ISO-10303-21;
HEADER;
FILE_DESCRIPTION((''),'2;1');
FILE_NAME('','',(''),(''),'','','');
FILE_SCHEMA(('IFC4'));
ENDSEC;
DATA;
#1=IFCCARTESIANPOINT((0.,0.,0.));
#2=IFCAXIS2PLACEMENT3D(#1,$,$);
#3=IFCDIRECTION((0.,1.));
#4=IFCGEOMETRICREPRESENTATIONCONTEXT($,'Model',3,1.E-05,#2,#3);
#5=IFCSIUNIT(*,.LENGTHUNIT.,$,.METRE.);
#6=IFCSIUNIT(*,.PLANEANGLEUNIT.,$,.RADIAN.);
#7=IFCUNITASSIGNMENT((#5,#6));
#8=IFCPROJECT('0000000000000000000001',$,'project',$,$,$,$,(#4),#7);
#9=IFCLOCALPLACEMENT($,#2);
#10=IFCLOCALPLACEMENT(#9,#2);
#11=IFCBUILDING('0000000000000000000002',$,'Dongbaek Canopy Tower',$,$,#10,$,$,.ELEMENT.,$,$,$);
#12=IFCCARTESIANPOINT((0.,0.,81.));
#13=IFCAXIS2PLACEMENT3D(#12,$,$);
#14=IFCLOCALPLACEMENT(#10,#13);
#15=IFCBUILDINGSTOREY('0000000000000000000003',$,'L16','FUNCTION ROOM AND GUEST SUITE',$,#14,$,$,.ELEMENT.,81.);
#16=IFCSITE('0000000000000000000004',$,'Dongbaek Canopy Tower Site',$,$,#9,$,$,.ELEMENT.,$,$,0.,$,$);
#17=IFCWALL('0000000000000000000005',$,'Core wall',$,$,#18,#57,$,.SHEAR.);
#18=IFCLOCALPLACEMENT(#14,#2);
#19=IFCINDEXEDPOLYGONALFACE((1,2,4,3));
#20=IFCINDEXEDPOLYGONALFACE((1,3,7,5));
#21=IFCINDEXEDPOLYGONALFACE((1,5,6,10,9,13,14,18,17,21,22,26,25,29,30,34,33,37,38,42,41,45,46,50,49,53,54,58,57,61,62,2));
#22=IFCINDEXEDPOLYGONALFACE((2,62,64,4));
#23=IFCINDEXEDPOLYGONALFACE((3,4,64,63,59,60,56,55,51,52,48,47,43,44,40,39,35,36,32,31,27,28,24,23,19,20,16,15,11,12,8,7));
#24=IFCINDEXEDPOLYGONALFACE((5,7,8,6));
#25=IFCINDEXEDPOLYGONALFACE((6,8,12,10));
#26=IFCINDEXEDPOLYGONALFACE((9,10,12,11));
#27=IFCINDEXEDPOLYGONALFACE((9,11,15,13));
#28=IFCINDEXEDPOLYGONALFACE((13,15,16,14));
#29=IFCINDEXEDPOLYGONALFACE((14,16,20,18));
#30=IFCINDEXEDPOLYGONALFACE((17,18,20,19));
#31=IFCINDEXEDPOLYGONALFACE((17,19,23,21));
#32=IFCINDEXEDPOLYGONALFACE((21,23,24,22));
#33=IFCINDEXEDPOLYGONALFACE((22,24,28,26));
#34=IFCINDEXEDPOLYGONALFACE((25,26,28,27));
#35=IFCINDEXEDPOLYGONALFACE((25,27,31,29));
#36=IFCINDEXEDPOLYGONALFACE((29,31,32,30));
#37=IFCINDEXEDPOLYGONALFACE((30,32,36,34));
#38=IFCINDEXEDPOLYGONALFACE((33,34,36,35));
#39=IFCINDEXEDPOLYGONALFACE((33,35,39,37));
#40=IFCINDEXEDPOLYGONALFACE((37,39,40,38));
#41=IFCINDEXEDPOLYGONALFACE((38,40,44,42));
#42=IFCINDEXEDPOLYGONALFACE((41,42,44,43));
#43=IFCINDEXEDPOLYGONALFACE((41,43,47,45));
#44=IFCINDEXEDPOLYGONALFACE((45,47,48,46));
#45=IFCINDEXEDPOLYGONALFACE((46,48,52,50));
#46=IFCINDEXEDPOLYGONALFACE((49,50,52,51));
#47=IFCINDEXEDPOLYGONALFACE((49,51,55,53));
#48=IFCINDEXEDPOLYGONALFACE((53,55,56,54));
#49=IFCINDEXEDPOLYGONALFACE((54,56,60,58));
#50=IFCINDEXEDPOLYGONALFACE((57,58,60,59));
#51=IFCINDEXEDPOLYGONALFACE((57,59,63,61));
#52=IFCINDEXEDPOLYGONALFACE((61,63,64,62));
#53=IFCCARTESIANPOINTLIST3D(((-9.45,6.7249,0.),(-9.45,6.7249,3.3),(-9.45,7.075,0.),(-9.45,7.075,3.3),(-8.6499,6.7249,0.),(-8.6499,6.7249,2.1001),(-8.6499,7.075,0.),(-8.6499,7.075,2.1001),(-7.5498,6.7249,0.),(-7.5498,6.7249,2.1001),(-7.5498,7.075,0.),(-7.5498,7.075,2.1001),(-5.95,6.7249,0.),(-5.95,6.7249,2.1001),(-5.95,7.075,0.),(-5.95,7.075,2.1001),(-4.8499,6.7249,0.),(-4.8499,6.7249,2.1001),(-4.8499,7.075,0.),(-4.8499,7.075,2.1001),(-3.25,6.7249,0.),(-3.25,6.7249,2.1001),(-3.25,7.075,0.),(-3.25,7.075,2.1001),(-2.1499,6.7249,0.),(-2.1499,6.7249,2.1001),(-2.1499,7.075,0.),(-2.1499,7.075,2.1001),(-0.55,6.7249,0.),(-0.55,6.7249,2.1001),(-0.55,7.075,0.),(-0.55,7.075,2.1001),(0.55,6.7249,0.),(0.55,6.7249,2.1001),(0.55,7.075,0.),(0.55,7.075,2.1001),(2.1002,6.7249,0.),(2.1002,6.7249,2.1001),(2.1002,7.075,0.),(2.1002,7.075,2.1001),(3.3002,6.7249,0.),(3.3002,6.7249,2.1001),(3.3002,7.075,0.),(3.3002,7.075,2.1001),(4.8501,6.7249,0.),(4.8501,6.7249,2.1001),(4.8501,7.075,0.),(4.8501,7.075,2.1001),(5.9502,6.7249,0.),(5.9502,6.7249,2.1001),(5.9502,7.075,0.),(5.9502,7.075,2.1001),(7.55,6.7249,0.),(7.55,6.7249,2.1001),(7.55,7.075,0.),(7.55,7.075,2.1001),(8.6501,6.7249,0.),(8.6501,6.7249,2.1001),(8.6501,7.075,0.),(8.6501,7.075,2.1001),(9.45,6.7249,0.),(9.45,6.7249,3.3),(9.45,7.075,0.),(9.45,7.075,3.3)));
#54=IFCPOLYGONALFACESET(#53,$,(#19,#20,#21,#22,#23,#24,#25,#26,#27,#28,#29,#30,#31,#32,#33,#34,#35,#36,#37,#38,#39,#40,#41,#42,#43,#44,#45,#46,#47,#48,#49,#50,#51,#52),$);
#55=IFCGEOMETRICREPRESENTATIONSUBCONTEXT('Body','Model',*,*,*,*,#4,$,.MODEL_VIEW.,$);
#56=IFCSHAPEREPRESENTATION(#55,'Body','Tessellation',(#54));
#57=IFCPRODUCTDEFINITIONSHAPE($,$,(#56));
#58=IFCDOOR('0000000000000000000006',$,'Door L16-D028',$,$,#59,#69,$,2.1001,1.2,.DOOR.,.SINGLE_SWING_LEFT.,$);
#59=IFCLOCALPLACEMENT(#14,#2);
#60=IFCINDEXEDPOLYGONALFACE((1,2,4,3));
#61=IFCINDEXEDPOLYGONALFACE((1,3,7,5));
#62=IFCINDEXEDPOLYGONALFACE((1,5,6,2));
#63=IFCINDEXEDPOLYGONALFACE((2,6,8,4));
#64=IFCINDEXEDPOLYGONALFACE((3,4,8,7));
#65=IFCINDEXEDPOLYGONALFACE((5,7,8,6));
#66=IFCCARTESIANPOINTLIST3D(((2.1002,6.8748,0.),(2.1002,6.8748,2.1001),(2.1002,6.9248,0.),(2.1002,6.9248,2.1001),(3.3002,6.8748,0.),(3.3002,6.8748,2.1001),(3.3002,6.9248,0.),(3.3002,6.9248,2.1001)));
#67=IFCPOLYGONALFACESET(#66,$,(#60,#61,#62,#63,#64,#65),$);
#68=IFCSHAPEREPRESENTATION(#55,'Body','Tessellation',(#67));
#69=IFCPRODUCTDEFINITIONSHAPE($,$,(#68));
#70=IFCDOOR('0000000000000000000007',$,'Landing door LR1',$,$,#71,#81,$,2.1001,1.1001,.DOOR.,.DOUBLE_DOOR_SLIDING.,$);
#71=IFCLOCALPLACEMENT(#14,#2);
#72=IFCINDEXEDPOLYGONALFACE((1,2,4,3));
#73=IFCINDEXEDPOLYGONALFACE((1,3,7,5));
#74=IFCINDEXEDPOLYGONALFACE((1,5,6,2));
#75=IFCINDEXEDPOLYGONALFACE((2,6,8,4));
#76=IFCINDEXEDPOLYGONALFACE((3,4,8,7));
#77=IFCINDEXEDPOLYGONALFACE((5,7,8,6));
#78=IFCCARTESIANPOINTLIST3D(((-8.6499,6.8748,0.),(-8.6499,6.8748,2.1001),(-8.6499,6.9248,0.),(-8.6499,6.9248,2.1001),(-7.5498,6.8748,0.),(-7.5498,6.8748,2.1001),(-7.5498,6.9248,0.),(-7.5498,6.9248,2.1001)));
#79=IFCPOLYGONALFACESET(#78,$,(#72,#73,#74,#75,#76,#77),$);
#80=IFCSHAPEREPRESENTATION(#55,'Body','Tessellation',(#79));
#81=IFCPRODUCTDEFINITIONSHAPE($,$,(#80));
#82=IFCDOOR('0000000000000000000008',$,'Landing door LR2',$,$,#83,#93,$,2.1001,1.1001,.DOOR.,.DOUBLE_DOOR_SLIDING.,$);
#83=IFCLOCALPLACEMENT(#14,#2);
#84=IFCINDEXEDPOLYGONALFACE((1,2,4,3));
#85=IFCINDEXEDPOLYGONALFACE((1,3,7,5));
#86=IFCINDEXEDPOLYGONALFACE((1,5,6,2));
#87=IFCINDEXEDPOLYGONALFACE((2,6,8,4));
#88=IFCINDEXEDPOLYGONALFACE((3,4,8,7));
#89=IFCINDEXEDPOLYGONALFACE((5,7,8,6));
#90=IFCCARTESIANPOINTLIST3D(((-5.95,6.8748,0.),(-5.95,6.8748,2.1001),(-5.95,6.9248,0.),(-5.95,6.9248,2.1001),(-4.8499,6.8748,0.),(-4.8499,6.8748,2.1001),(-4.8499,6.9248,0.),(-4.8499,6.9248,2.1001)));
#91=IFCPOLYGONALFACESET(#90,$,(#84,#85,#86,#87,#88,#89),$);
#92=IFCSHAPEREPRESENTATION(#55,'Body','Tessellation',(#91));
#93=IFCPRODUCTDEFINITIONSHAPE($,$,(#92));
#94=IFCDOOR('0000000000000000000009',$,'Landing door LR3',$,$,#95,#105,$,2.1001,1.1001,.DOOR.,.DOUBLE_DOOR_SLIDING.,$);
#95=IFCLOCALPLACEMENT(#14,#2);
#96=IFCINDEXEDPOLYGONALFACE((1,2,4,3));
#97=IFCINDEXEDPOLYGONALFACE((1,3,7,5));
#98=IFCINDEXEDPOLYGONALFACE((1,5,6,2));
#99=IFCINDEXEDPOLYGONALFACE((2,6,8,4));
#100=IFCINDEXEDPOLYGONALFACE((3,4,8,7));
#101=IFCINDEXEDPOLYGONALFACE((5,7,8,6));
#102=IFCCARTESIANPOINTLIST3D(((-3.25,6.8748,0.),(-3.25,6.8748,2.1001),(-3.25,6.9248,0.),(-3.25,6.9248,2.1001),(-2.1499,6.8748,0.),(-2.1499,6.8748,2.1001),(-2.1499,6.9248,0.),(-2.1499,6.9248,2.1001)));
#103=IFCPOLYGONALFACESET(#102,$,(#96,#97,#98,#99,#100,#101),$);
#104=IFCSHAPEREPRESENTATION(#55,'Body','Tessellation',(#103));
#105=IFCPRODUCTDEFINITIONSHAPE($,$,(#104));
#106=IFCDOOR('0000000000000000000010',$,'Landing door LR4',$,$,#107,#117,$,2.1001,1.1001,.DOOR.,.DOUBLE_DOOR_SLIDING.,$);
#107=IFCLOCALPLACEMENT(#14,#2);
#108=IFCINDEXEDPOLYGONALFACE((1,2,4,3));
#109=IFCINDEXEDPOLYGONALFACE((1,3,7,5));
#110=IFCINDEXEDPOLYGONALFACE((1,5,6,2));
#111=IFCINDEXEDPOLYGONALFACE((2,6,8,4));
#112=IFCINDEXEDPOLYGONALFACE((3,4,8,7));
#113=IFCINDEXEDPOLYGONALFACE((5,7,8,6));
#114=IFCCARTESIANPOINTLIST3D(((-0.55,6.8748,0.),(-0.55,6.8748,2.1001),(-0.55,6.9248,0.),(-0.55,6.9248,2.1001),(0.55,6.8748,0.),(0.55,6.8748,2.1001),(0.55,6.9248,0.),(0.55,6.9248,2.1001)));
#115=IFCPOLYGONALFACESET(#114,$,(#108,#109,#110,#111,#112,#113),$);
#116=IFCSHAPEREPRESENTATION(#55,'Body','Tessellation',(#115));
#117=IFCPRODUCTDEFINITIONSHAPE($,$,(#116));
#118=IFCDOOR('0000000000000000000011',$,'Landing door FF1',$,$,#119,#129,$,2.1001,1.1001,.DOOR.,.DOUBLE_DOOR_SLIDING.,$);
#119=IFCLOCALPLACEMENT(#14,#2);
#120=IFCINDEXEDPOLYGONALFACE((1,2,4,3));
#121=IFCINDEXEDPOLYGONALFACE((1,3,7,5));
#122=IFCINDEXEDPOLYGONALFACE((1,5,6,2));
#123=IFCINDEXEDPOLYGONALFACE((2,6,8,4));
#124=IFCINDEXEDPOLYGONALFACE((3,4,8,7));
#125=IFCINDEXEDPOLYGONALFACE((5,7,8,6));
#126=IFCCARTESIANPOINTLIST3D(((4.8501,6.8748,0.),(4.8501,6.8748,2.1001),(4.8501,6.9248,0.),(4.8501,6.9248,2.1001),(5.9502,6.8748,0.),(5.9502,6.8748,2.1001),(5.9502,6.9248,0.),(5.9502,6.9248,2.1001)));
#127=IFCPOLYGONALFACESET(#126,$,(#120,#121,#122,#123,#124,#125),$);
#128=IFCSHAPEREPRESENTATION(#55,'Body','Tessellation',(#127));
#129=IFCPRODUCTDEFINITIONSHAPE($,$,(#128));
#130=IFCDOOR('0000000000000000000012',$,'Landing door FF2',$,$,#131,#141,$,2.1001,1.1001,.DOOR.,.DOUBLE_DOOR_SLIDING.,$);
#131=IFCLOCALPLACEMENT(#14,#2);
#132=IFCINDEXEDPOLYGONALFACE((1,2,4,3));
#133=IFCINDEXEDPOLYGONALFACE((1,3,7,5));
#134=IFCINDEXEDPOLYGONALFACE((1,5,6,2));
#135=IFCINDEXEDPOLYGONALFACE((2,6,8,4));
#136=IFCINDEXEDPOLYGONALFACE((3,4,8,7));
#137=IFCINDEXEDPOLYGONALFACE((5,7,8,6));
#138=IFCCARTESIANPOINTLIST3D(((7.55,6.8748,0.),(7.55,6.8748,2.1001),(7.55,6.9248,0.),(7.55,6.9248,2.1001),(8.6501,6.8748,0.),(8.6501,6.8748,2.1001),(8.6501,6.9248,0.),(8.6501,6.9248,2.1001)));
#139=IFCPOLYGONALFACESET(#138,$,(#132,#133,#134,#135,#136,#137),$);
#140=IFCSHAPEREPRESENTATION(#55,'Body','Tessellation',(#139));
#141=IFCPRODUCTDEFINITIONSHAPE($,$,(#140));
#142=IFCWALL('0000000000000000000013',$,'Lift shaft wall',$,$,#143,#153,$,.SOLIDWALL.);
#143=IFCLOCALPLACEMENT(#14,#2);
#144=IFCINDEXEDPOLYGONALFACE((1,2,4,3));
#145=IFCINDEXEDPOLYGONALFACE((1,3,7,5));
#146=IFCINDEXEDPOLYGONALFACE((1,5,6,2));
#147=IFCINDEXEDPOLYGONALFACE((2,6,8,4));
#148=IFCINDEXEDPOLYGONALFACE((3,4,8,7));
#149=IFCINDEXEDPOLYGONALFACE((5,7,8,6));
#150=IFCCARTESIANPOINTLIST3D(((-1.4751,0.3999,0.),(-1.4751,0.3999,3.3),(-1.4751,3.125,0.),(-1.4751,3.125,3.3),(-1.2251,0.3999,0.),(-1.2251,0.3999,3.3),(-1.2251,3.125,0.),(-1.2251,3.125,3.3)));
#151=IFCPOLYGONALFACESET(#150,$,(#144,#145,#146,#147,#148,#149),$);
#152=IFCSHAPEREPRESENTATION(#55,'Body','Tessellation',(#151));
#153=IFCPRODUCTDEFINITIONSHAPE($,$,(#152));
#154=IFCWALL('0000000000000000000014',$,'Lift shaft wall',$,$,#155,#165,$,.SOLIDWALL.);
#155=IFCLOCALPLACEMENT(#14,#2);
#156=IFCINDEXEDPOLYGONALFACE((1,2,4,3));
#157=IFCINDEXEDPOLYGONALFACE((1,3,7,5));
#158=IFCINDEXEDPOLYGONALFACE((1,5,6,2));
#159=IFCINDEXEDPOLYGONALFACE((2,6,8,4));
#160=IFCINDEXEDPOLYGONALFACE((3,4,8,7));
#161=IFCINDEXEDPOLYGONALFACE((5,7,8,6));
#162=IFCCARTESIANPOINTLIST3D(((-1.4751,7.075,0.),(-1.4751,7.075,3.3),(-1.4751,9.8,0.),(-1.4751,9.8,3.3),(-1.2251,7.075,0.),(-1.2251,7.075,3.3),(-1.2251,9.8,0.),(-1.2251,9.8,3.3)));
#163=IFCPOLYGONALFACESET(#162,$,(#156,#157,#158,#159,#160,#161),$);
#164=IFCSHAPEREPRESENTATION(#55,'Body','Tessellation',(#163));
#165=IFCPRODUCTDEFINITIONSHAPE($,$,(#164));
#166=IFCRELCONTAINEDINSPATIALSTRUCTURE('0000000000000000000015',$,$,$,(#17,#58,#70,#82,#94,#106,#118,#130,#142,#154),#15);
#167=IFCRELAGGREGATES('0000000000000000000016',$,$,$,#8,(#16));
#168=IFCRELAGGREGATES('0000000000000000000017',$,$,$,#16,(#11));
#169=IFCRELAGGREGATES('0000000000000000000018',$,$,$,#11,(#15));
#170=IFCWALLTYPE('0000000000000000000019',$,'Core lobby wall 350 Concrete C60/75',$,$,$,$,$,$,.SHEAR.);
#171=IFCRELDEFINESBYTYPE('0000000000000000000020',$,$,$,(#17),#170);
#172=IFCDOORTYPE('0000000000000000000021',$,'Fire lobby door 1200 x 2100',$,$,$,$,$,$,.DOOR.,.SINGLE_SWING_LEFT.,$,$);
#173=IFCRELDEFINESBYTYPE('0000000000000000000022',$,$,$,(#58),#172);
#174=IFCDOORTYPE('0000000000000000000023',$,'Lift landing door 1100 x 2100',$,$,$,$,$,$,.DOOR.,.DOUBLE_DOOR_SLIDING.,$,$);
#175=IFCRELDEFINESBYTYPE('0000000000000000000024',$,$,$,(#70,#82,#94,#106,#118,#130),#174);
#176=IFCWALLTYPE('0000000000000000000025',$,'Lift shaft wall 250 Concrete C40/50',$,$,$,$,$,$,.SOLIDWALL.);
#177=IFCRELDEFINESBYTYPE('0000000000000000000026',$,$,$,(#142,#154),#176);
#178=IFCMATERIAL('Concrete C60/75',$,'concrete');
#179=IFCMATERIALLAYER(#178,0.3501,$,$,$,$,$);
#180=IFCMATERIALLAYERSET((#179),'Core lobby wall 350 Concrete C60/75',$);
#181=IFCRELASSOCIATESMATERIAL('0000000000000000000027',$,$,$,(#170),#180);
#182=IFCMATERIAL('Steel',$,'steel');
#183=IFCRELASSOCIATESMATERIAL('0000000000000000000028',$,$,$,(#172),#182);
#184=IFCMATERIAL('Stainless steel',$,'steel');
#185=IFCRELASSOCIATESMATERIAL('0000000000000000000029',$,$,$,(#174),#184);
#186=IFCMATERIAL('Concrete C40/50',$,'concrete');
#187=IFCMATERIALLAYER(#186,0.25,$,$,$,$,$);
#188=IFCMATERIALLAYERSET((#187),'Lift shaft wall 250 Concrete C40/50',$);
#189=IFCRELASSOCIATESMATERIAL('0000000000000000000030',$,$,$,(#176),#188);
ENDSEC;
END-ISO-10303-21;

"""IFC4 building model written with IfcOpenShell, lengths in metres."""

from ifc_helpers import new_model, si_unit, direction, frame, frame_2d, origin, place, context, subcontext, project, spatial, rectangle, extrude, material, layer, layer_set, type_object, element, fill, save


model = new_model("IFC4")

# Units and contexts
model_context = context("Model", 3, precision=1e-05, world=origin(), true_north=direction((0.0, 1.0)))
body_context = subcontext(model_context, "Body", "Model", "MODEL_VIEW")
ifc_project = project(units=[si_unit("LENGTHUNIT", "METRE"), si_unit("PLANEANGLEUNIT", "RADIAN")], contexts=[model_context])

# Site, building, storey
site_placement = place(None, origin())
site = spatial("IfcSite", under=ifc_project, at=site_placement, Name="Dongbaek Canopy Tower Site", CompositionType="ELEMENT", RefElevation=0.0)
building_placement = place(site_placement, origin())
building = spatial("IfcBuilding", under=site, at=building_placement, Name="Dongbaek Canopy Tower", CompositionType="ELEMENT")
storey_placement = place(building_placement, frame((0.0, 0.0, 81.0)))
storey = spatial("IfcBuildingStorey", under=building, at=storey_placement, Name="L16", Description="FUNCTION ROOM AND GUEST SUITE", CompositionType="ELEMENT", Elevation=81.0)

# Wall, openings, doors
ifc_material_1 = material(Name="Concrete C60/75", Category="concrete")
ifc_layer_1 = layer(ifc_material_1, 0.3501)
ifc_layer_set_1 = layer_set([ifc_layer_1], Name="Core lobby wall 350 Concrete C60/75")
wall_type_1 = type_object("IfcWallType", Name="Core lobby wall 350 Concrete C60/75", PredefinedType="SHEAR", material=ifc_layer_set_1)
wall_1_placement = place(storey_placement, frame((-9.45, 6.8999, 0.0), z_axis=(0.0, 0.0, 1.0), x_axis=(1.0, 0.0, 0.0)))
wall_1 = element("IfcWall", 1, at=wall_1_placement, inside=storey, type_object=wall_type_1, Name="Core wall", PredefinedType="SHEAR", context=body_context, shape_type="SweptSolid", body=[
    extrude(rectangle(XDim=18.8999, YDim=0.3501, at=frame_2d((9.45, 0.0))), origin(), (0.0, 0.0, 1.0), 3.3),
])
opening_1_placement = place(wall_1_placement, frame((0.8, 0.0, 0.0)))
opening_1 = element("IfcOpeningElement", 2, at=opening_1_placement, cuts=wall_1, PredefinedType="OPENING", context=body_context, shape_type="SweptSolid", body=[
    extrude(rectangle(XDim=1.1001, YDim=2.1001, at=frame_2d((0.55, 1.05))), frame((0.0, 0.1851, 0.0), z_axis=(0.0, -1.0, 0.0), x_axis=(1.0, 0.0, 0.0)), (0.0, 0.0, 1.0), 0.3701),
])
opening_2_placement = place(wall_1_placement, frame((3.5, 0.0, 0.0)))
opening_2 = element("IfcOpeningElement", 3, at=opening_2_placement, cuts=wall_1, PredefinedType="OPENING", context=body_context, shape_type="SweptSolid", body=[
    extrude(rectangle(XDim=1.1001, YDim=2.1001, at=frame_2d((0.55, 1.05))), frame((0.0, 0.1851, 0.0), z_axis=(0.0, -1.0, 0.0), x_axis=(1.0, 0.0, 0.0)), (0.0, 0.0, 1.0), 0.3701),
])
opening_3_placement = place(wall_1_placement, frame((6.2, 0.0, 0.0)))
opening_3 = element("IfcOpeningElement", 4, at=opening_3_placement, cuts=wall_1, PredefinedType="OPENING", context=body_context, shape_type="SweptSolid", body=[
    extrude(rectangle(XDim=1.1001, YDim=2.1001, at=frame_2d((0.55, 1.05))), frame((0.0, 0.1851, 0.0), z_axis=(0.0, -1.0, 0.0), x_axis=(1.0, 0.0, 0.0)), (0.0, 0.0, 1.0), 0.3701),
])
opening_4_placement = place(wall_1_placement, frame((8.8999, 0.0, 0.0)))
opening_4 = element("IfcOpeningElement", 5, at=opening_4_placement, cuts=wall_1, PredefinedType="OPENING", context=body_context, shape_type="SweptSolid", body=[
    extrude(rectangle(XDim=1.1001, YDim=2.1001, at=frame_2d((0.55, 1.05))), frame((0.0, 0.1851, 0.0), z_axis=(0.0, -1.0, 0.0), x_axis=(1.0, 0.0, 0.0)), (0.0, 0.0, 1.0), 0.3701),
])
opening_5_placement = place(wall_1_placement, frame((11.55, 0.0, 0.0)))
opening_5 = element("IfcOpeningElement", 6, at=opening_5_placement, cuts=wall_1, PredefinedType="OPENING", context=body_context, shape_type="SweptSolid", body=[
    extrude(rectangle(XDim=1.2, YDim=2.1001, at=frame_2d((0.6001, 1.05))), frame((0.0, 0.1851, 0.0), z_axis=(0.0, -1.0, 0.0), x_axis=(1.0, 0.0, 0.0)), (0.0, 0.0, 1.0), 0.3701),
])
opening_6_placement = place(wall_1_placement, frame((14.3, 0.0, 0.0)))
opening_6 = element("IfcOpeningElement", 7, at=opening_6_placement, cuts=wall_1, PredefinedType="OPENING", context=body_context, shape_type="SweptSolid", body=[
    extrude(rectangle(XDim=1.1001, YDim=2.1001, at=frame_2d((0.55, 1.05))), frame((0.0, 0.1851, 0.0), z_axis=(0.0, -1.0, 0.0), x_axis=(1.0, 0.0, 0.0)), (0.0, 0.0, 1.0), 0.3701),
])
opening_7_placement = place(wall_1_placement, frame((17.0, 0.0, 0.0)))
opening_7 = element("IfcOpeningElement", 8, at=opening_7_placement, cuts=wall_1, PredefinedType="OPENING", context=body_context, shape_type="SweptSolid", body=[
    extrude(rectangle(XDim=1.1001, YDim=2.1001, at=frame_2d((0.55, 1.05))), frame((0.0, 0.1851, 0.0), z_axis=(0.0, -1.0, 0.0), x_axis=(1.0, 0.0, 0.0)), (0.0, 0.0, 1.0), 0.3701),
])
ifc_material_2 = material(Name="Steel", Category="steel")
door_type_1 = type_object("IfcDoorType", Name="Fire lobby door 1200 x 2100", OperationType="SINGLE_SWING_LEFT", PredefinedType="DOOR", material=ifc_material_2)
door_1_placement = place(opening_5_placement, origin())
door_1 = element("IfcDoor", 9, at=door_1_placement, inside=storey, type_object=door_type_1, Name="Door L16-D028", OperationType="SINGLE_SWING_LEFT", OverallHeight=2.1001, OverallWidth=1.2, PredefinedType="DOOR", context=body_context, shape_type="SweptSolid", body=[
    extrude(rectangle(XDim=1.2, YDim=2.1001, at=frame_2d((0.6001, 1.05))), frame((0.0, 0.0249, 0.0), z_axis=(0.0, -1.0, 0.0), x_axis=(1.0, 0.0, 0.0)), (0.0, 0.0, 1.0), 0.05),
])
fill(opening_5, door_1)
ifc_material_3 = material(Name="Stainless steel", Category="steel")
door_type_2 = type_object("IfcDoorType", Name="Lift landing door 1100 x 2100", OperationType="DOUBLE_DOOR_SLIDING", PredefinedType="DOOR", material=ifc_material_3)
door_2_placement = place(opening_1_placement, origin())
door_2 = element("IfcDoor", 10, at=door_2_placement, inside=storey, type_object=door_type_2, Name="Landing door LR1", OperationType="DOUBLE_DOOR_SLIDING", OverallHeight=2.1001, OverallWidth=1.1001, PredefinedType="DOOR", context=body_context, shape_type="SweptSolid", body=[
    extrude(rectangle(XDim=1.1001, YDim=2.1001, at=frame_2d((0.55, 1.05))), frame((0.0, 0.0249, 0.0), z_axis=(0.0, -1.0, 0.0), x_axis=(1.0, 0.0, 0.0)), (0.0, 0.0, 1.0), 0.05),
])
fill(opening_1, door_2)
door_3_placement = place(opening_2_placement, origin())
door_3 = element("IfcDoor", 11, at=door_3_placement, inside=storey, type_object=door_type_2, Name="Landing door LR2", OperationType="DOUBLE_DOOR_SLIDING", OverallHeight=2.1001, OverallWidth=1.1001, PredefinedType="DOOR", context=body_context, shape_type="SweptSolid", body=[
    extrude(rectangle(XDim=1.1001, YDim=2.1001, at=frame_2d((0.55, 1.05))), frame((0.0, 0.0249, 0.0), z_axis=(0.0, -1.0, 0.0), x_axis=(1.0, 0.0, 0.0)), (0.0, 0.0, 1.0), 0.05),
])
fill(opening_2, door_3)
door_4_placement = place(opening_3_placement, origin())
door_4 = element("IfcDoor", 12, at=door_4_placement, inside=storey, type_object=door_type_2, Name="Landing door LR3", OperationType="DOUBLE_DOOR_SLIDING", OverallHeight=2.1001, OverallWidth=1.1001, PredefinedType="DOOR", context=body_context, shape_type="SweptSolid", body=[
    extrude(rectangle(XDim=1.1001, YDim=2.1001, at=frame_2d((0.55, 1.05))), frame((0.0, 0.0249, 0.0), z_axis=(0.0, -1.0, 0.0), x_axis=(1.0, 0.0, 0.0)), (0.0, 0.0, 1.0), 0.05),
])
fill(opening_3, door_4)
door_5_placement = place(opening_4_placement, origin())
door_5 = element("IfcDoor", 13, at=door_5_placement, inside=storey, type_object=door_type_2, Name="Landing door LR4", OperationType="DOUBLE_DOOR_SLIDING", OverallHeight=2.1001, OverallWidth=1.1001, PredefinedType="DOOR", context=body_context, shape_type="SweptSolid", body=[
    extrude(rectangle(XDim=1.1001, YDim=2.1001, at=frame_2d((0.55, 1.05))), frame((0.0, 0.0249, 0.0), z_axis=(0.0, -1.0, 0.0), x_axis=(1.0, 0.0, 0.0)), (0.0, 0.0, 1.0), 0.05),
])
fill(opening_4, door_5)
door_6_placement = place(opening_6_placement, origin())
door_6 = element("IfcDoor", 14, at=door_6_placement, inside=storey, type_object=door_type_2, Name="Landing door FF1", OperationType="DOUBLE_DOOR_SLIDING", OverallHeight=2.1001, OverallWidth=1.1001, PredefinedType="DOOR", context=body_context, shape_type="SweptSolid", body=[
    extrude(rectangle(XDim=1.1001, YDim=2.1001, at=frame_2d((0.55, 1.05))), frame((0.0, 0.0249, 0.0), z_axis=(0.0, -1.0, 0.0), x_axis=(1.0, 0.0, 0.0)), (0.0, 0.0, 1.0), 0.05),
])
fill(opening_6, door_6)
door_7_placement = place(opening_7_placement, origin())
door_7 = element("IfcDoor", 15, at=door_7_placement, inside=storey, type_object=door_type_2, Name="Landing door FF2", OperationType="DOUBLE_DOOR_SLIDING", OverallHeight=2.1001, OverallWidth=1.1001, PredefinedType="DOOR", context=body_context, shape_type="SweptSolid", body=[
    extrude(rectangle(XDim=1.1001, YDim=2.1001, at=frame_2d((0.55, 1.05))), frame((0.0, 0.0249, 0.0), z_axis=(0.0, -1.0, 0.0), x_axis=(1.0, 0.0, 0.0)), (0.0, 0.0, 1.0), 0.05),
])
fill(opening_7, door_7)

# Walls
ifc_material_4 = material(Name="Concrete C40/50", Category="concrete")
ifc_layer_2 = layer(ifc_material_4, 0.25)
ifc_layer_set_2 = layer_set([ifc_layer_2], Name="Lift shaft wall 250 Concrete C40/50")
wall_type_2 = type_object("IfcWallType", Name="Lift shaft wall 250 Concrete C40/50", PredefinedType="SOLIDWALL", material=ifc_layer_set_2)
for number, where, z_axis, x_axis, name in (
    (16, (-1.3501, 0.3999, 0.0), (0.0, 0.0, 1.0), (0.0, 1.0, 0.0), "Lift shaft wall"),
    (17, (-1.3501, 7.075, 0.0), (0.0, 0.0, 1.0), (0.0, 1.0, 0.0), "Lift shaft wall"),
):
    element("IfcWall", number, at=place(storey_placement, frame(where, z_axis=z_axis, x_axis=x_axis)), inside=storey, type_object=wall_type_2, Name=name, PredefinedType="SOLIDWALL", context=body_context, shape_type="SweptSolid", body=[
        extrude(rectangle(XDim=2.7251, YDim=0.25, at=frame_2d((1.3625, 0.0))), origin(), (0.0, 0.0, 1.0), 3.3),
    ])

save(model, "model.ifc")
